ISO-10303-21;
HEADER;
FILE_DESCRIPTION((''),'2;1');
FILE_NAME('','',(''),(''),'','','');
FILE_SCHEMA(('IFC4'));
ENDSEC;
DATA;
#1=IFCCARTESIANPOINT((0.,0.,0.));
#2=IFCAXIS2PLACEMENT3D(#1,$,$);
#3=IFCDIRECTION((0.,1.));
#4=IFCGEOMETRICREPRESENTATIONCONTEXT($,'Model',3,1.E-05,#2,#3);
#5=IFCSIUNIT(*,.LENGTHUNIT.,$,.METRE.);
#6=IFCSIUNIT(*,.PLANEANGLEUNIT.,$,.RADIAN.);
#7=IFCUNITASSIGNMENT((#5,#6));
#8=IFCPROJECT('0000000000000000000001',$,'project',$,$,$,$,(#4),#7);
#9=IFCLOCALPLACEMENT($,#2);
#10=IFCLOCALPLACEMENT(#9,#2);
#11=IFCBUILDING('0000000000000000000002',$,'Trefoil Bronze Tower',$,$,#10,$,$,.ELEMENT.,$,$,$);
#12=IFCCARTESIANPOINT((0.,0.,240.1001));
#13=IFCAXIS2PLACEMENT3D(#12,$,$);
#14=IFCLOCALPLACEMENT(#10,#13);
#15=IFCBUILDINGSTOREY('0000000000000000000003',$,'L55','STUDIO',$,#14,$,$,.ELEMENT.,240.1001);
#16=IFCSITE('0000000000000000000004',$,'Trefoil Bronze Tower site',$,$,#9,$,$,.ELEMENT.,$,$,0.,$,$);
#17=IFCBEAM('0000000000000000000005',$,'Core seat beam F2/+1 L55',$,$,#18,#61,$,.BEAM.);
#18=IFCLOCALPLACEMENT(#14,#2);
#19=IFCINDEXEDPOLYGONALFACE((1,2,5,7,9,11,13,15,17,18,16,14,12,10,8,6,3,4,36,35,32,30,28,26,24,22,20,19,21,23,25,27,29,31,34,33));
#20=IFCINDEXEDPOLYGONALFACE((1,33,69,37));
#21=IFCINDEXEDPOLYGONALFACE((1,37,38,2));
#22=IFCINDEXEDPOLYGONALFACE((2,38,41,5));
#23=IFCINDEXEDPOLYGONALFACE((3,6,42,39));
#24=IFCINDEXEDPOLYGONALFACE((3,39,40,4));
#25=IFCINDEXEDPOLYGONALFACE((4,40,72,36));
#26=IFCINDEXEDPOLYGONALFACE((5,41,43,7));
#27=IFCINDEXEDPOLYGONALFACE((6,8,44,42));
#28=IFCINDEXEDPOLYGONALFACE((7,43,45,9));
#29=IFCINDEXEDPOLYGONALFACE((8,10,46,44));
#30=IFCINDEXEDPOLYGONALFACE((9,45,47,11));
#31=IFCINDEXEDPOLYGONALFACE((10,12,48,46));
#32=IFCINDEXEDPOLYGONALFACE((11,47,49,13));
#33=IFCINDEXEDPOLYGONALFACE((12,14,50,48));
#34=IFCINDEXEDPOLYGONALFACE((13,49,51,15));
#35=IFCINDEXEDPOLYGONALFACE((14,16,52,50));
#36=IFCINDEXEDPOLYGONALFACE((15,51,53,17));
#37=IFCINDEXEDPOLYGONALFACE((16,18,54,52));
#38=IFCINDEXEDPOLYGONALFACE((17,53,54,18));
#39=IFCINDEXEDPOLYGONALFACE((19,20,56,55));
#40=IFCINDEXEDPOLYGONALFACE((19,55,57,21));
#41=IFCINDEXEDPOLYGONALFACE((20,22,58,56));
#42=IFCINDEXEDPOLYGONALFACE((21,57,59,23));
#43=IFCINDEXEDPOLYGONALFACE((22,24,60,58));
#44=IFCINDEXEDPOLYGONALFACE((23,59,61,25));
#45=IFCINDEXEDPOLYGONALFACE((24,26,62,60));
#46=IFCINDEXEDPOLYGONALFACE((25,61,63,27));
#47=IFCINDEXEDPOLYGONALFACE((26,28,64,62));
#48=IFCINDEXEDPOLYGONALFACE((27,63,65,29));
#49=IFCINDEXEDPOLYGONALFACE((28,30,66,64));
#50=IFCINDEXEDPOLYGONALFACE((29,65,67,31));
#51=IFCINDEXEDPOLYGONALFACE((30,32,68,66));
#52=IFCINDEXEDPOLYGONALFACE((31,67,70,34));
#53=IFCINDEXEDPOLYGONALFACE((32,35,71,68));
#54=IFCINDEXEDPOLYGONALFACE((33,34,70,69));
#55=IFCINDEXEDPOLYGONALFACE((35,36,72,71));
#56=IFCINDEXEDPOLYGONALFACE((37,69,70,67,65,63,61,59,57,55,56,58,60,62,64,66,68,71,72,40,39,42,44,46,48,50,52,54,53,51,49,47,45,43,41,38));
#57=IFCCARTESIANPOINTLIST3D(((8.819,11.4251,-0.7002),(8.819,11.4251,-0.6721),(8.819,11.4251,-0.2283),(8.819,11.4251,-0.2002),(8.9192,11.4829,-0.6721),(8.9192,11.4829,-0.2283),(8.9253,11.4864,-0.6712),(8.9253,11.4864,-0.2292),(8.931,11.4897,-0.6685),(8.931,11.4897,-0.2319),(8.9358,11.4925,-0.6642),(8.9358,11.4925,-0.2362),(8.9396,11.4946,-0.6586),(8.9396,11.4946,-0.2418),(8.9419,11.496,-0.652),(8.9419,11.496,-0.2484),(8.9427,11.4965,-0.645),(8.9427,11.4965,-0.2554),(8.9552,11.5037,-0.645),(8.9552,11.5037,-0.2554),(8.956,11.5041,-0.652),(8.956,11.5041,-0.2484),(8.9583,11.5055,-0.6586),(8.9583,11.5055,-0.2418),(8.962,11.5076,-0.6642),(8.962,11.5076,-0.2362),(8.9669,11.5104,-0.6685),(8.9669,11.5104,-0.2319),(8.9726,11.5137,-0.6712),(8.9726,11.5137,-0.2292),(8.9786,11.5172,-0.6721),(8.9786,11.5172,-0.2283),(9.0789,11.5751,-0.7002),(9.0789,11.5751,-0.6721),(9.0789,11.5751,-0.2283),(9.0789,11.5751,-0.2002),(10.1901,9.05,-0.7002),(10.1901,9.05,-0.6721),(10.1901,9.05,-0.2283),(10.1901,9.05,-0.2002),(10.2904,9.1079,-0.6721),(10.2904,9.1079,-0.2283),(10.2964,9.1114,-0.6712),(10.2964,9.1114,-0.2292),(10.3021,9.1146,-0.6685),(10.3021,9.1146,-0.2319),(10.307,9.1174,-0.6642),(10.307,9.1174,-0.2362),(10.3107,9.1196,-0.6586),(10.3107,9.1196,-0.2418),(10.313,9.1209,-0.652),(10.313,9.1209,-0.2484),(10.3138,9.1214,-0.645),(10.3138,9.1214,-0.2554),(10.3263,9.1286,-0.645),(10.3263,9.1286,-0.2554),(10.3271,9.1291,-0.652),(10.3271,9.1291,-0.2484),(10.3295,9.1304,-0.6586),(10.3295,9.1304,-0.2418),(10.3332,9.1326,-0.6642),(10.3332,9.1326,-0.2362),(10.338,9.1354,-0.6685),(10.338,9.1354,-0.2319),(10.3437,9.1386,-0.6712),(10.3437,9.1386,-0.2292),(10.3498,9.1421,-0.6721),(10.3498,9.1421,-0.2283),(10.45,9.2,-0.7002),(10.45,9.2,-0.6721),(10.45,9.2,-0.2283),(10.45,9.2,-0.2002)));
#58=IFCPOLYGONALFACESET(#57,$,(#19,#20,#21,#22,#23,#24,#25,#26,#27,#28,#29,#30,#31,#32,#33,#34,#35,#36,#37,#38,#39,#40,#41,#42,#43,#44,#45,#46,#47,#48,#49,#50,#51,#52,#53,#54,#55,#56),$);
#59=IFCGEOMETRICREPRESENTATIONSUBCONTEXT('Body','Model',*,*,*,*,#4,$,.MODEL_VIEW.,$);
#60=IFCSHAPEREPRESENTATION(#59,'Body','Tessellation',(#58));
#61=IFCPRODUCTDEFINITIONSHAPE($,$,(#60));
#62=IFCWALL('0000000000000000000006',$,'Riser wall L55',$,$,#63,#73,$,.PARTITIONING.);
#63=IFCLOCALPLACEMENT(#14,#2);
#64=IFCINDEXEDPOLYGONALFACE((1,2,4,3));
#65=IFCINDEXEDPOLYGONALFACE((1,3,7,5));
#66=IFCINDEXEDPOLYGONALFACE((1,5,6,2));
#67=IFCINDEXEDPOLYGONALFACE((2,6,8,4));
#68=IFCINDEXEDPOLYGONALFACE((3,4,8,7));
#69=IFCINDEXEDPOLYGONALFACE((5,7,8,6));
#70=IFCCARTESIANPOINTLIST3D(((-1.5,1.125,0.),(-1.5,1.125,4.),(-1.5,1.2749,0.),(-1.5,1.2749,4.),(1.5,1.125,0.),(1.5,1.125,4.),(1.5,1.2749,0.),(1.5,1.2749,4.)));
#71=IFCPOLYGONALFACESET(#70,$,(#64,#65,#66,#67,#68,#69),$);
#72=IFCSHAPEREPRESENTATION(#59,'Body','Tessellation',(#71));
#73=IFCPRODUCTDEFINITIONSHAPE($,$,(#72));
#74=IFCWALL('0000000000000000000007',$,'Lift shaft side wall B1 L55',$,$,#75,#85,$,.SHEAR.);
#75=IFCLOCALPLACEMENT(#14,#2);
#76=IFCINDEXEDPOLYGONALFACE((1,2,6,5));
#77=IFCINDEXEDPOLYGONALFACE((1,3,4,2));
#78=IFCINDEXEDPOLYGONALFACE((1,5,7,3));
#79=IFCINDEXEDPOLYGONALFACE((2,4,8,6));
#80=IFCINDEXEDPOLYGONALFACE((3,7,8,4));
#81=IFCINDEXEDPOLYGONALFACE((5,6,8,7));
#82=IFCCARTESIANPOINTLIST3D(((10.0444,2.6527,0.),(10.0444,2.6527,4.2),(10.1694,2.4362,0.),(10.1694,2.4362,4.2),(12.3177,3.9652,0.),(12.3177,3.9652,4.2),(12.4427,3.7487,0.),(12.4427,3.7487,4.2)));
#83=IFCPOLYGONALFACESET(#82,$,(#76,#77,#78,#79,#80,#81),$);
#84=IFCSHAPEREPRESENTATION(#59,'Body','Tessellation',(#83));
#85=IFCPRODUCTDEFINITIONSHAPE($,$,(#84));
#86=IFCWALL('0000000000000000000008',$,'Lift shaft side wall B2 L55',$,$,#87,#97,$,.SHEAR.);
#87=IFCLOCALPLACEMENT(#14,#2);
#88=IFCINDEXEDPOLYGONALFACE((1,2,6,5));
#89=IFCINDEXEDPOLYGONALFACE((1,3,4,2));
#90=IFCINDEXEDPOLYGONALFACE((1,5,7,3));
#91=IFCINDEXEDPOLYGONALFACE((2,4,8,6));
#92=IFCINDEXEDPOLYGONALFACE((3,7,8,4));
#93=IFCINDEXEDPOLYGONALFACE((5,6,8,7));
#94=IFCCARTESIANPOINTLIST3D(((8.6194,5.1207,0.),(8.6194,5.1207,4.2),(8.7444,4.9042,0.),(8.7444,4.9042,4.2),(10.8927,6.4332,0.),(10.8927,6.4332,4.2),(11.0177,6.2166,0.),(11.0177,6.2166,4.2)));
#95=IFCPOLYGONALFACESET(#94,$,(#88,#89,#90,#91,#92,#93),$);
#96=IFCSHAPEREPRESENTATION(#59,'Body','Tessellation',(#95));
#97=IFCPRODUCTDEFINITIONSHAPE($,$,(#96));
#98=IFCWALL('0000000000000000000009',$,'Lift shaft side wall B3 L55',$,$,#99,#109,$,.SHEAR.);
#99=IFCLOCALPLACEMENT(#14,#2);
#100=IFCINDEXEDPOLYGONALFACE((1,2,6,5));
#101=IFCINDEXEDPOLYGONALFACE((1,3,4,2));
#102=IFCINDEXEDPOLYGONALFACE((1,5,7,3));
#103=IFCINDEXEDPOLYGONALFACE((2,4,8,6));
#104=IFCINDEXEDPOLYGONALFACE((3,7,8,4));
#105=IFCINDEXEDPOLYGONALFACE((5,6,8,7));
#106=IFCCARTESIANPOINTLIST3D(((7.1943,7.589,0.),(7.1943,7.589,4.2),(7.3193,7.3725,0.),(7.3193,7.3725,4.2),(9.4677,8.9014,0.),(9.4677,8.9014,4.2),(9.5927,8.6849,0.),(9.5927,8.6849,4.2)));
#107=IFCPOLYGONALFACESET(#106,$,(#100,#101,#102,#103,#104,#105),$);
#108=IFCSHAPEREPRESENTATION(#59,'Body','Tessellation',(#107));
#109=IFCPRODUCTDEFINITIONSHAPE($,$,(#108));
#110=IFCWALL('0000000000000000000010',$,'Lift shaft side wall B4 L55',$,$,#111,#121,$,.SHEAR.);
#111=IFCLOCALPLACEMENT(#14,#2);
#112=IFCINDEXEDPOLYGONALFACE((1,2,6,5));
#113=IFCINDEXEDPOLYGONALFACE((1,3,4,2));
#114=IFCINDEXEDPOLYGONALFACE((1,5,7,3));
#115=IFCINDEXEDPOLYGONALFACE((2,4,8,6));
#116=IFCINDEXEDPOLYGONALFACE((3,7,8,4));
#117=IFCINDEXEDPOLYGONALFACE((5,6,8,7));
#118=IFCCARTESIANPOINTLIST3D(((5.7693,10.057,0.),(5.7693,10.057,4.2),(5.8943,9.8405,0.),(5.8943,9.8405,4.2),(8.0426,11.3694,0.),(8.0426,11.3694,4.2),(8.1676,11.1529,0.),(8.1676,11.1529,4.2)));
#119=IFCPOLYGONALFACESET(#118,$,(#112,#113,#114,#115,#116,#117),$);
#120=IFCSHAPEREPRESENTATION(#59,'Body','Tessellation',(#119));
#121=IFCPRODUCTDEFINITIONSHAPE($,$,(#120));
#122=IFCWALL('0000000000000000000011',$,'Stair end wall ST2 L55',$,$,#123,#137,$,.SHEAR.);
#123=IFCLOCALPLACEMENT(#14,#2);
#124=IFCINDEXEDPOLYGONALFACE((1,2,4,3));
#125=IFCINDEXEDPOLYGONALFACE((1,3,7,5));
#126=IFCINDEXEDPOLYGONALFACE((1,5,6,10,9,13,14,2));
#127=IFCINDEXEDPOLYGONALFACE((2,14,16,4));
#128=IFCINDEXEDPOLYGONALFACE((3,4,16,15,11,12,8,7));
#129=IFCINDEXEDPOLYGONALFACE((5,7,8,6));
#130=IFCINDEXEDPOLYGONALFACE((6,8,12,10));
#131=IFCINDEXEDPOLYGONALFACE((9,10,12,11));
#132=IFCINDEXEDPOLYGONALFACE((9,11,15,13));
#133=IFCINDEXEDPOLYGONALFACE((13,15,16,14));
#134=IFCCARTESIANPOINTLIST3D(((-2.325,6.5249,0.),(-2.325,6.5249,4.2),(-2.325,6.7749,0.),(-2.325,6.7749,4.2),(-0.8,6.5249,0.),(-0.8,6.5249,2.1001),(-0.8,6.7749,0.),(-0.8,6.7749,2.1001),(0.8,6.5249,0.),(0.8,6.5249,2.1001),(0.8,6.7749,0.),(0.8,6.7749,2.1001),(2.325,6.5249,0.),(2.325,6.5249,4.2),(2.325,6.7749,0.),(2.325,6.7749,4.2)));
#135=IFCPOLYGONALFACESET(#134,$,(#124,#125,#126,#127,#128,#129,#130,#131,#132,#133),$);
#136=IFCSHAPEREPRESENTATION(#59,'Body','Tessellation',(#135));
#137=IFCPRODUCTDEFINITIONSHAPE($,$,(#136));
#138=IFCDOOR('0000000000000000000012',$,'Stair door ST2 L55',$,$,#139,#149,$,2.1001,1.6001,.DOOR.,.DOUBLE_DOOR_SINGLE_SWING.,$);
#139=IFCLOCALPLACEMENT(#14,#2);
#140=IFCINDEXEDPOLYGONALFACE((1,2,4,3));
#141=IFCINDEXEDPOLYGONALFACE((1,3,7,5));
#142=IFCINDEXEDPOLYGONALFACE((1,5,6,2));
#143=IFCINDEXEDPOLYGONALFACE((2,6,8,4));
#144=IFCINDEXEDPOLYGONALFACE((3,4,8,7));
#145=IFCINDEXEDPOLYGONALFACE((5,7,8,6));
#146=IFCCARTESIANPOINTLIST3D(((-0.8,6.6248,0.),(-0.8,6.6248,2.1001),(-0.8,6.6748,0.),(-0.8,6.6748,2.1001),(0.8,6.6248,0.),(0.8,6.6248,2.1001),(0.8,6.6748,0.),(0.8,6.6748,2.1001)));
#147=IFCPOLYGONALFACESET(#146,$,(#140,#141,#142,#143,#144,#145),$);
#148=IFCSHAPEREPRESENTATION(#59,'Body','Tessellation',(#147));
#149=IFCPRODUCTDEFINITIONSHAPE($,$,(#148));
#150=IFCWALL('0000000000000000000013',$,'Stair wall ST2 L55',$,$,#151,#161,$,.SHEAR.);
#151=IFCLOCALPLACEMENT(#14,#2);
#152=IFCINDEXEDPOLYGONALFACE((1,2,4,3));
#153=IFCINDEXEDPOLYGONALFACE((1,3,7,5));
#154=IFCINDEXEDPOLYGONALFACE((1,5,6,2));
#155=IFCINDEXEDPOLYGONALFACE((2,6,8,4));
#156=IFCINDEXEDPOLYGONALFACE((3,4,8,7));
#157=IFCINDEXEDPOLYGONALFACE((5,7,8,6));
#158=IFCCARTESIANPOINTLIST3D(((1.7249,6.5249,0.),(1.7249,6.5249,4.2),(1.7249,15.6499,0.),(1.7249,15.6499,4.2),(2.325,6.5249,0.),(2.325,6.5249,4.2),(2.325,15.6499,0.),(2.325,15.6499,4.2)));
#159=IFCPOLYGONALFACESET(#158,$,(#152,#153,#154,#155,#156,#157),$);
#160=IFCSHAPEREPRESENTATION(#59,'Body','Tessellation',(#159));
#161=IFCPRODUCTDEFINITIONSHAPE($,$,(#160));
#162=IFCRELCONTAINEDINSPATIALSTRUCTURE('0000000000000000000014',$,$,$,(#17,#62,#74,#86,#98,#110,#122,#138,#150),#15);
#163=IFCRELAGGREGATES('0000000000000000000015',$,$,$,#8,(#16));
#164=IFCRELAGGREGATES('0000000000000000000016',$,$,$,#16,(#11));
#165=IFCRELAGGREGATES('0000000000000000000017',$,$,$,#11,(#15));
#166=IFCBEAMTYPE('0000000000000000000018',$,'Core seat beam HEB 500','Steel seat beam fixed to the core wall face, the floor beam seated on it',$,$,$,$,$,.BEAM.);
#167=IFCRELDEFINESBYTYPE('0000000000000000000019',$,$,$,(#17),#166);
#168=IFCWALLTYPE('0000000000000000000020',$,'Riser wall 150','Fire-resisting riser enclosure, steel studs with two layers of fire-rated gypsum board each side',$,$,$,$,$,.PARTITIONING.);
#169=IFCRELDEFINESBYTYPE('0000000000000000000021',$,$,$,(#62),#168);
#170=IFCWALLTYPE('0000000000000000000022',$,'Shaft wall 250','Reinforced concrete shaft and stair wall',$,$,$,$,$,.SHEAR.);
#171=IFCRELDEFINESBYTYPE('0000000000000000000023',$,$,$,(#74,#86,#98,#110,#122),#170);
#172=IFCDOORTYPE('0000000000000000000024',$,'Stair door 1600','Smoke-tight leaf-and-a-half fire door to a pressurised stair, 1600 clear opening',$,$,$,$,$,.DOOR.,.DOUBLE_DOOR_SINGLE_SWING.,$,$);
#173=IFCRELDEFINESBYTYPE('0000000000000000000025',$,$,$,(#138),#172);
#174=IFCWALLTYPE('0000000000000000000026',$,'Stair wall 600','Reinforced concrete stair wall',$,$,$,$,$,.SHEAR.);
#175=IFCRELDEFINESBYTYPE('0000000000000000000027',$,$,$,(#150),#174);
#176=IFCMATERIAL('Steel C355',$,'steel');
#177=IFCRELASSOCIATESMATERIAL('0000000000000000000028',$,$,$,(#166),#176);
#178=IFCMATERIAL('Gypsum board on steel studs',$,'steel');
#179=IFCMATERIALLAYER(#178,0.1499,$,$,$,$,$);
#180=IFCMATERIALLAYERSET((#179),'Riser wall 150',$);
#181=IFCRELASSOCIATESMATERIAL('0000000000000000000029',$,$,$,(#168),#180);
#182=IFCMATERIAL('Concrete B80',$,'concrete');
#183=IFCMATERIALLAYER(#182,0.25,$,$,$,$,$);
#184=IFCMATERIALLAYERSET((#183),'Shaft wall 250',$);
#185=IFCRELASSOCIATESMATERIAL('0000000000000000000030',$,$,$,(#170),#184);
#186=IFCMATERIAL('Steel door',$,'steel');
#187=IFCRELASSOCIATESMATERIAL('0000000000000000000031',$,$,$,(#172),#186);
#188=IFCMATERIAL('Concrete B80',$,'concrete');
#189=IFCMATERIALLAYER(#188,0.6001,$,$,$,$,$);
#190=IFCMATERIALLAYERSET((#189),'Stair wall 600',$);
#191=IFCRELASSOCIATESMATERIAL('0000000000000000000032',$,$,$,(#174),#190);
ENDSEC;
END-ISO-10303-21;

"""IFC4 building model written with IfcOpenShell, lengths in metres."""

from ifc_helpers import new_model, si_unit, direction, frame, frame_2d, origin, origin_2d, place, context, subcontext, project, spatial, rectangle, i_section, extrude, material, layer, layer_set, material_profile, profile_set, type_object, element, fill, save


model = new_model("IFC4")

# Units and contexts
model_context = context("Model", 3, precision=1e-05, world=origin(), true_north=direction((0.0, 1.0)))
body_context = subcontext(model_context, "Body", "Model", "MODEL_VIEW")
ifc_project = project(units=[si_unit("LENGTHUNIT", "METRE"), si_unit("PLANEANGLEUNIT", "RADIAN")], contexts=[model_context])

# Site, building, storey
site_placement = place(None, origin())
site = spatial("IfcSite", under=ifc_project, at=site_placement, Name="Trefoil Bronze Tower site", CompositionType="ELEMENT", RefElevation=0.0)
building_placement = place(site_placement, origin())
building = spatial("IfcBuilding", under=site, at=building_placement, Name="Trefoil Bronze Tower", CompositionType="ELEMENT")
storey_placement = place(building_placement, frame((0.0, 0.0, 240.1001)))
storey = spatial("IfcBuildingStorey", under=building, at=storey_placement, Name="L55", Description="STUDIO", CompositionType="ELEMENT", Elevation=240.1001)

# Beam
ifc_material_1 = material(Name="Steel C355", Category="steel")
ifc_material_profile = material_profile(ifc_material_1, i_section(OverallWidth=0.3, OverallDepth=0.5, WebThickness=0.0144, FlangeThickness=0.0281, FilletRadius=0.0271, at=origin_2d()), Name="HEB 500")
ifc_profile_set = profile_set([ifc_material_profile], Name="Steel C355")
beam_type = type_object("IfcBeamType", Name="Core seat beam HEB 500", Description="Steel seat beam fixed to the core wall face, the floor beam seated on it", PredefinedType="BEAM", material=ifc_profile_set)
beam_placement = place(storey_placement, frame((10.3201, 9.125, -0.4502), z_axis=(-0.499969, 0.866043, 0.0), x_axis=(-0.866043, -0.499969, 0.0)))
element("IfcBeam", 1, at=beam_placement, inside=storey, type_object=beam_type, Name="Core seat beam F2/+1 L55", PredefinedType="BEAM", context=body_context, shape_type="SweptSolid", body=[
    extrude(i_section(OverallWidth=0.3, OverallDepth=0.5, WebThickness=0.0144, FlangeThickness=0.0281, FilletRadius=0.0271, at=origin_2d()), origin(), (0.0, 0.0, 1.0), 2.7424),
])

# Walls
ifc_material_2 = material(Name="Gypsum board on steel studs", Category="steel")
ifc_layer_1 = layer(ifc_material_2, 0.1499)
ifc_layer_set_1 = layer_set([ifc_layer_1], Name="Riser wall 150")
wall_type_1 = type_object("IfcWallType", Name="Riser wall 150", Description="Fire-resisting riser enclosure, steel studs with two layers of fire-rated gypsum board each side", PredefinedType="PARTITIONING", material=ifc_layer_set_1)
wall_1_placement = place(storey_placement, frame((1.5, 1.2, 0.0), z_axis=(0.0, 0.0, 1.0), x_axis=(-1.0, 0.0, 0.0)))
element("IfcWall", 2, at=wall_1_placement, inside=storey, type_object=wall_type_1, Name="Riser wall L55", PredefinedType="PARTITIONING", context=body_context, shape_type="SweptSolid", body=[
    extrude(rectangle(XDim=3.0, YDim=0.1499, at=frame_2d((1.5, 0.0))), origin(), (0.0, 0.0, 1.0), 4.0),
])
ifc_material_3 = material(Name="Concrete B80", Category="concrete")
ifc_layer_2 = layer(ifc_material_3, 0.25)
ifc_layer_set_2 = layer_set([ifc_layer_2], Name="Shaft wall 250")
wall_type_2 = type_object("IfcWallType", Name="Shaft wall 250", Description="Reinforced concrete shaft and stair wall", PredefinedType="SHEAR", material=ifc_layer_set_2)
for number, where, z_axis, x_axis, name in (
    (3, (10.1069, 2.5444, 0.0), (0.0, 0.0, 1.0), (0.866014, 0.50002, 0.0), "Lift shaft side wall B1 L55"),
    (4, (8.6819, 5.0125, 0.0), (0.0, 0.0, 1.0), (0.866037, 0.49998, 0.0), "Lift shaft side wall B2 L55"),
    (5, (7.2568, 7.4807, 0.0), (0.0, 0.0, 1.0), (0.866037, 0.49998, 0.0), "Lift shaft side wall B3 L55"),
    (6, (5.8318, 9.9487, 0.0), (0.0, 0.0, 1.0), (0.866037, 0.49998, 0.0), "Lift shaft side wall B4 L55"),
):
    element("IfcWall", number, at=place(storey_placement, frame(where, z_axis=z_axis, x_axis=x_axis)), inside=storey, type_object=wall_type_2, Name=name, PredefinedType="SHEAR", context=body_context, shape_type="SweptSolid", body=[
        extrude(rectangle(XDim=2.625, YDim=0.25, at=frame_2d((1.3125, 0.0))), origin(), (0.0, 0.0, 1.0), 4.2),
    ])

# Wall, opening, door
wall_2_placement = place(storey_placement, frame((2.325, 6.6499, 0.0), z_axis=(0.0, 0.0, 1.0), x_axis=(-1.0, 0.0, 0.0)))
wall_2 = element("IfcWall", 7, at=wall_2_placement, inside=storey, type_object=wall_type_2, Name="Stair end wall ST2 L55", PredefinedType="SHEAR", context=body_context, shape_type="SweptSolid", body=[
    extrude(rectangle(XDim=4.6499, YDim=0.25, at=frame_2d((2.325, 0.0))), origin(), (0.0, 0.0, 1.0), 4.2),
])
opening_placement = place(wall_2_placement, frame((1.5249, 0.0, 0.0)))
opening = element("IfcOpeningElement", 8, at=opening_placement, cuts=wall_2, PredefinedType="OPENING", context=body_context, shape_type="SweptSolid", body=[
    extrude(rectangle(XDim=1.6001, YDim=2.1001, at=frame_2d((0.8, 1.05))), frame((0.0, 0.135, 0.0), z_axis=(0.0, -1.0, 0.0), x_axis=(1.0, 0.0, 0.0)), (0.0, 0.0, 1.0), 0.27),
])
ifc_material_4 = material(Name="Steel door", Category="steel")
door_type = type_object("IfcDoorType", Name="Stair door 1600", Description="Smoke-tight leaf-and-a-half fire door to a pressurised stair, 1600 clear opening", OperationType="DOUBLE_DOOR_SINGLE_SWING", PredefinedType="DOOR", material=ifc_material_4)
door_placement = place(opening_placement, frame((1.6001, 0.0, 0.0), z_axis=(0.0, 0.0, 1.0), x_axis=(-1.0, 0.0, 0.0)))
door = element("IfcDoor", 9, at=door_placement, inside=storey, type_object=door_type, Name="Stair door ST2 L55", OperationType="DOUBLE_DOOR_SINGLE_SWING", OverallHeight=2.1001, OverallWidth=1.6001, PredefinedType="DOOR", context=body_context, shape_type="SweptSolid", body=[
    extrude(rectangle(XDim=1.6001, YDim=2.1001, at=frame_2d((0.8, 1.05))), frame((0.0, 0.0249, 0.0), z_axis=(0.0, -1.0, 0.0), x_axis=(1.0, 0.0, 0.0)), (0.0, 0.0, 1.0), 0.05),
])
fill(opening, door)

# Wall
ifc_material_5 = material(Name="Concrete B80", Category="concrete")
ifc_layer_3 = layer(ifc_material_5, 0.6001)
ifc_layer_set_3 = layer_set([ifc_layer_3], Name="Stair wall 600")
wall_type_3 = type_object("IfcWallType", Name="Stair wall 600", Description="Reinforced concrete stair wall", PredefinedType="SHEAR", material=ifc_layer_set_3)
wall_3_placement = place(storey_placement, frame((2.0249, 6.5249, 0.0), z_axis=(0.0, 0.0, 1.0), x_axis=(0.0, 1.0, 0.0)))
element("IfcWall", 10, at=wall_3_placement, inside=storey, type_object=wall_type_3, Name="Stair wall ST2 L55", PredefinedType="SHEAR", context=body_context, shape_type="SweptSolid", body=[
    extrude(rectangle(XDim=9.125, YDim=0.6001, at=frame_2d((4.5625, 0.0))), origin(), (0.0, 0.0, 1.0), 4.2),
])

save(model, "model.ifc")
